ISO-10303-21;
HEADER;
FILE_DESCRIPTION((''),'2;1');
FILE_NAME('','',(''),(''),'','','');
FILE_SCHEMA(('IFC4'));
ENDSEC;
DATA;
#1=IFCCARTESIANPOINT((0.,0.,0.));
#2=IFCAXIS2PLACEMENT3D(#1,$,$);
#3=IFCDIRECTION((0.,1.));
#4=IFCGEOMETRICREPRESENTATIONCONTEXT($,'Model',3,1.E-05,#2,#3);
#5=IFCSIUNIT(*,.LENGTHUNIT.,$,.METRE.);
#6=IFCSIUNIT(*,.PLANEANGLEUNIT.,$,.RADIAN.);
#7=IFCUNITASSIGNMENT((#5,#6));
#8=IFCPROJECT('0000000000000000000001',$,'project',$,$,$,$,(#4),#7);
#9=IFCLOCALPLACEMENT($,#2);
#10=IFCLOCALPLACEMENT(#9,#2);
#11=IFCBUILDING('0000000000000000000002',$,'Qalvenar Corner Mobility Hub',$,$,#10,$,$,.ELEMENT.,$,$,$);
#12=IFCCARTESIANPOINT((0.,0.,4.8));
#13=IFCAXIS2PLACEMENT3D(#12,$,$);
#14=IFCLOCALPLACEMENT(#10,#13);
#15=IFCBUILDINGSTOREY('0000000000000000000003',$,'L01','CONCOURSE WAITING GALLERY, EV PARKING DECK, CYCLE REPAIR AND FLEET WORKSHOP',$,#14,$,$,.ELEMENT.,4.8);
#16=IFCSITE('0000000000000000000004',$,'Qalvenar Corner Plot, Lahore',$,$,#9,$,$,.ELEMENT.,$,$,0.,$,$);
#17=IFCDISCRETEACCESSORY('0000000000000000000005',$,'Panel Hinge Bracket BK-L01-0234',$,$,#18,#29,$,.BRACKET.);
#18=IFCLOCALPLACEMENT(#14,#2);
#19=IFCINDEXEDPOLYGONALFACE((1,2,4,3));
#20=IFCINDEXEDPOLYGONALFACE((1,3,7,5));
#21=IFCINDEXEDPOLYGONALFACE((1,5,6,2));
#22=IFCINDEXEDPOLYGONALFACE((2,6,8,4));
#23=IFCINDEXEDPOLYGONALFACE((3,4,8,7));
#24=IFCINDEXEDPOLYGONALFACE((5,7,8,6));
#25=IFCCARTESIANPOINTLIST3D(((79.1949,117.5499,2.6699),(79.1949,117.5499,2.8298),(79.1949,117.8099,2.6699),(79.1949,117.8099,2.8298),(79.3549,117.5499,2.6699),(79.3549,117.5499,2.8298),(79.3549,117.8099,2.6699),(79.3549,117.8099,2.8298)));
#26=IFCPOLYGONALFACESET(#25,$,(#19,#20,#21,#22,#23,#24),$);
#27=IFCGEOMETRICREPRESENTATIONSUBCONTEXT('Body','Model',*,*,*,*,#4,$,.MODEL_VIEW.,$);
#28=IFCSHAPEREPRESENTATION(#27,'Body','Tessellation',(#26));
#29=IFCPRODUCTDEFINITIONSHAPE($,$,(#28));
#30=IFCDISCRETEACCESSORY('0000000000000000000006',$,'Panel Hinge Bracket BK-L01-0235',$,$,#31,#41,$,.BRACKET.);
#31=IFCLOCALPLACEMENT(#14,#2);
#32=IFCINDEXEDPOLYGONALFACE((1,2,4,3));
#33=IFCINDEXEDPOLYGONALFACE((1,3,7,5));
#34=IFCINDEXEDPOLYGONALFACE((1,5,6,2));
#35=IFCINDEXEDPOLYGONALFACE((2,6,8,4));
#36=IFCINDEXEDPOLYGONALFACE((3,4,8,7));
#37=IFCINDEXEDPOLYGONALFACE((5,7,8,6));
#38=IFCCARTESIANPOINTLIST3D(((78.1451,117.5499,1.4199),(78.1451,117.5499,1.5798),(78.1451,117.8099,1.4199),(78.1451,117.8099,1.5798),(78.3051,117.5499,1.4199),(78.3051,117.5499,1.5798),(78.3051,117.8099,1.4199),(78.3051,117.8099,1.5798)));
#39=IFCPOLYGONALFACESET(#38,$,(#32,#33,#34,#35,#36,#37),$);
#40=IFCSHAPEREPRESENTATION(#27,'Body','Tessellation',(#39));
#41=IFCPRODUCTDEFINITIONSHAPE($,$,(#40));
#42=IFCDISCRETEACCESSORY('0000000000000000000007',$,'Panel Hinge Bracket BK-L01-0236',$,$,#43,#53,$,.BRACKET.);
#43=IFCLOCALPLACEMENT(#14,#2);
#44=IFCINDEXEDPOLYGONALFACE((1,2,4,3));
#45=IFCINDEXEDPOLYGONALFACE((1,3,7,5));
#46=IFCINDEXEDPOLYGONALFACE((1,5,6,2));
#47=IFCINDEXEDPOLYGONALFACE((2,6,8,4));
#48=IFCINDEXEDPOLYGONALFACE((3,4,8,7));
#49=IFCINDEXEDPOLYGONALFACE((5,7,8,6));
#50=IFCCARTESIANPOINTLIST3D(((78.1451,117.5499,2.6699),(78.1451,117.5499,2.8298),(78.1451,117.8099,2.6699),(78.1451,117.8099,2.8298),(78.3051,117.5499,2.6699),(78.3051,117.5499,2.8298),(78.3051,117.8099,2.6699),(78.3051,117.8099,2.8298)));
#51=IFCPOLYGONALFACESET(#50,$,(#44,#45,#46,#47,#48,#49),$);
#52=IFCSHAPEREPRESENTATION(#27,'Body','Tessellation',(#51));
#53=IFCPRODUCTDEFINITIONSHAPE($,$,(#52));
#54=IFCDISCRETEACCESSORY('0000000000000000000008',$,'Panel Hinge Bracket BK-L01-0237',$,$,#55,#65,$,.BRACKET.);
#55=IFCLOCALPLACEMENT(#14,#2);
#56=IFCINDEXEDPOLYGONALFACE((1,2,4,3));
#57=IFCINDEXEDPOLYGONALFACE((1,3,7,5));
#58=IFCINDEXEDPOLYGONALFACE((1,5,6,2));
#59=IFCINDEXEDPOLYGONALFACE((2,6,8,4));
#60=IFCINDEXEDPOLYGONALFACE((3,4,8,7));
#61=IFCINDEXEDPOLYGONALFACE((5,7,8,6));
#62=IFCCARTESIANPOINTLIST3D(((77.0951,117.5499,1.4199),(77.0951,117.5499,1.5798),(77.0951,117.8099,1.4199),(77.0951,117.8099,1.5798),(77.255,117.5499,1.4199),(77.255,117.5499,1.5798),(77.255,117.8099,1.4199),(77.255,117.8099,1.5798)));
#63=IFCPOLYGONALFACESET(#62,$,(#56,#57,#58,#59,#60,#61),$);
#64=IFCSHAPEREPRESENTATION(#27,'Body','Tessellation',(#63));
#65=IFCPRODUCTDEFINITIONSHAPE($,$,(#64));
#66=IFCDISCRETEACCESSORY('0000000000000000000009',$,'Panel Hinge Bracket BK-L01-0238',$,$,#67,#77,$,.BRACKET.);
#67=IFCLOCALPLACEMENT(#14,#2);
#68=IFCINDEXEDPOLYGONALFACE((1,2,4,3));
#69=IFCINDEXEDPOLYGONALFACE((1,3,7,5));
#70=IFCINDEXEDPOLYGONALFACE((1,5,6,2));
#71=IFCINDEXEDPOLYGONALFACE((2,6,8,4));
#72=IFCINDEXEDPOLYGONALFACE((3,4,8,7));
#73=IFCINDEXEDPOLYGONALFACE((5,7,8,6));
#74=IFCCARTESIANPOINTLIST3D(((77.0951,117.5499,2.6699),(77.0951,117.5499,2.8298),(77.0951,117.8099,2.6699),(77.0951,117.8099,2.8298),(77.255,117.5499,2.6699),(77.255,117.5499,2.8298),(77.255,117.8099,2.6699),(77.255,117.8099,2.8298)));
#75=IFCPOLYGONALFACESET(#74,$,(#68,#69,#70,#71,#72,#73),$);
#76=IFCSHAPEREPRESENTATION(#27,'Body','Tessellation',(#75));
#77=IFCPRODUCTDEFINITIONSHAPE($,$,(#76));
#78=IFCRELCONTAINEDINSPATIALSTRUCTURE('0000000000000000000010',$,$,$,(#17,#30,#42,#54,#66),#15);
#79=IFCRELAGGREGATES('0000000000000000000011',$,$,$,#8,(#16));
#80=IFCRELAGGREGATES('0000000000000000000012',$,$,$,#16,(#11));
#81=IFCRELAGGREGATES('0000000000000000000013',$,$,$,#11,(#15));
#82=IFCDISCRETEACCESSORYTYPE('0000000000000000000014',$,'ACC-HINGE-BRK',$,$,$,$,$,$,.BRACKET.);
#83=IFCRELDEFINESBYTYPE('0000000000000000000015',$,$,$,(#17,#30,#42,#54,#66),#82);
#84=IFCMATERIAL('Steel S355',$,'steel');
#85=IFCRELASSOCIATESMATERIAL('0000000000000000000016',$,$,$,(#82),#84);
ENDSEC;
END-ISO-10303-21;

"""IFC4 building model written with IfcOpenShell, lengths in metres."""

from ifc_helpers import new_model, si_unit, direction, frame, origin, origin_2d, place, context, subcontext, project, spatial, rectangle, extrude, material, type_object, element, save


model = new_model("IFC4")

# Units and contexts
model_context = context("Model", 3, precision=1e-05, world=origin(), true_north=direction((0.0, 1.0)))
body_context = subcontext(model_context, "Body", "Model", "MODEL_VIEW")
ifc_project = project(units=[si_unit("LENGTHUNIT", "METRE"), si_unit("PLANEANGLEUNIT", "RADIAN")], contexts=[model_context])

# Site, building, storey
site_placement = place(None, origin())
site = spatial("IfcSite", under=ifc_project, at=site_placement, Name="Qalvenar Corner Plot, Lahore", CompositionType="ELEMENT", RefElevation=0.0)
building_placement = place(site_placement, origin())
building = spatial("IfcBuilding", under=site, at=building_placement, Name="Qalvenar Corner Mobility Hub", CompositionType="ELEMENT")
storey_placement = place(building_placement, frame((0.0, 0.0, 4.8)))
storey = spatial("IfcBuildingStorey", under=building, at=storey_placement, Name="L01", Description="CONCOURSE WAITING GALLERY, EV PARKING DECK, CYCLE REPAIR AND FLEET WORKSHOP", CompositionType="ELEMENT", Elevation=4.8)

# Shared definitions
ifc_material = material(Name="Steel S355", Category="steel")

# Discrete accessories
discrete_accessory_type = type_object("IfcDiscreteAccessoryType", Name="ACC-HINGE-BRK", PredefinedType="BRACKET", material=ifc_material)
for number, where, z_axis, x_axis, name in (
    (1, (79.2749, 117.6799, 2.6699), (0.0, 0.0, 1.0), (-1.0, 0.0, 0.0), "Panel Hinge Bracket BK-L01-0234"),
    (2, (78.2251, 117.6799, 1.4199), (0.0, 0.0, 1.0), (-1.0, 0.0, 0.0), "Panel Hinge Bracket BK-L01-0235"),
    (3, (78.2251, 117.6799, 2.6699), (0.0, 0.0, 1.0), (-1.0, 0.0, 0.0), "Panel Hinge Bracket BK-L01-0236"),
    (4, (77.175, 117.6799, 1.4199), (0.0, 0.0, 1.0), (-1.0, 0.0, 0.0), "Panel Hinge Bracket BK-L01-0237"),
    (5, (77.175, 117.6799, 2.6699), (0.0, 0.0, 1.0), (-1.0, 0.0, 0.0), "Panel Hinge Bracket BK-L01-0238"),
):
    element("IfcDiscreteAccessory", number, at=place(storey_placement, frame(where, z_axis=z_axis, x_axis=x_axis)), inside=storey, type_object=discrete_accessory_type, Name=name, PredefinedType="BRACKET", context=body_context, shape_type="SweptSolid", body=[
        extrude(rectangle(XDim=0.1599, YDim=0.26, at=origin_2d()), origin(), (0.0, 0.0, 1.0), 0.1599),
    ])

save(model, "model.ifc")
